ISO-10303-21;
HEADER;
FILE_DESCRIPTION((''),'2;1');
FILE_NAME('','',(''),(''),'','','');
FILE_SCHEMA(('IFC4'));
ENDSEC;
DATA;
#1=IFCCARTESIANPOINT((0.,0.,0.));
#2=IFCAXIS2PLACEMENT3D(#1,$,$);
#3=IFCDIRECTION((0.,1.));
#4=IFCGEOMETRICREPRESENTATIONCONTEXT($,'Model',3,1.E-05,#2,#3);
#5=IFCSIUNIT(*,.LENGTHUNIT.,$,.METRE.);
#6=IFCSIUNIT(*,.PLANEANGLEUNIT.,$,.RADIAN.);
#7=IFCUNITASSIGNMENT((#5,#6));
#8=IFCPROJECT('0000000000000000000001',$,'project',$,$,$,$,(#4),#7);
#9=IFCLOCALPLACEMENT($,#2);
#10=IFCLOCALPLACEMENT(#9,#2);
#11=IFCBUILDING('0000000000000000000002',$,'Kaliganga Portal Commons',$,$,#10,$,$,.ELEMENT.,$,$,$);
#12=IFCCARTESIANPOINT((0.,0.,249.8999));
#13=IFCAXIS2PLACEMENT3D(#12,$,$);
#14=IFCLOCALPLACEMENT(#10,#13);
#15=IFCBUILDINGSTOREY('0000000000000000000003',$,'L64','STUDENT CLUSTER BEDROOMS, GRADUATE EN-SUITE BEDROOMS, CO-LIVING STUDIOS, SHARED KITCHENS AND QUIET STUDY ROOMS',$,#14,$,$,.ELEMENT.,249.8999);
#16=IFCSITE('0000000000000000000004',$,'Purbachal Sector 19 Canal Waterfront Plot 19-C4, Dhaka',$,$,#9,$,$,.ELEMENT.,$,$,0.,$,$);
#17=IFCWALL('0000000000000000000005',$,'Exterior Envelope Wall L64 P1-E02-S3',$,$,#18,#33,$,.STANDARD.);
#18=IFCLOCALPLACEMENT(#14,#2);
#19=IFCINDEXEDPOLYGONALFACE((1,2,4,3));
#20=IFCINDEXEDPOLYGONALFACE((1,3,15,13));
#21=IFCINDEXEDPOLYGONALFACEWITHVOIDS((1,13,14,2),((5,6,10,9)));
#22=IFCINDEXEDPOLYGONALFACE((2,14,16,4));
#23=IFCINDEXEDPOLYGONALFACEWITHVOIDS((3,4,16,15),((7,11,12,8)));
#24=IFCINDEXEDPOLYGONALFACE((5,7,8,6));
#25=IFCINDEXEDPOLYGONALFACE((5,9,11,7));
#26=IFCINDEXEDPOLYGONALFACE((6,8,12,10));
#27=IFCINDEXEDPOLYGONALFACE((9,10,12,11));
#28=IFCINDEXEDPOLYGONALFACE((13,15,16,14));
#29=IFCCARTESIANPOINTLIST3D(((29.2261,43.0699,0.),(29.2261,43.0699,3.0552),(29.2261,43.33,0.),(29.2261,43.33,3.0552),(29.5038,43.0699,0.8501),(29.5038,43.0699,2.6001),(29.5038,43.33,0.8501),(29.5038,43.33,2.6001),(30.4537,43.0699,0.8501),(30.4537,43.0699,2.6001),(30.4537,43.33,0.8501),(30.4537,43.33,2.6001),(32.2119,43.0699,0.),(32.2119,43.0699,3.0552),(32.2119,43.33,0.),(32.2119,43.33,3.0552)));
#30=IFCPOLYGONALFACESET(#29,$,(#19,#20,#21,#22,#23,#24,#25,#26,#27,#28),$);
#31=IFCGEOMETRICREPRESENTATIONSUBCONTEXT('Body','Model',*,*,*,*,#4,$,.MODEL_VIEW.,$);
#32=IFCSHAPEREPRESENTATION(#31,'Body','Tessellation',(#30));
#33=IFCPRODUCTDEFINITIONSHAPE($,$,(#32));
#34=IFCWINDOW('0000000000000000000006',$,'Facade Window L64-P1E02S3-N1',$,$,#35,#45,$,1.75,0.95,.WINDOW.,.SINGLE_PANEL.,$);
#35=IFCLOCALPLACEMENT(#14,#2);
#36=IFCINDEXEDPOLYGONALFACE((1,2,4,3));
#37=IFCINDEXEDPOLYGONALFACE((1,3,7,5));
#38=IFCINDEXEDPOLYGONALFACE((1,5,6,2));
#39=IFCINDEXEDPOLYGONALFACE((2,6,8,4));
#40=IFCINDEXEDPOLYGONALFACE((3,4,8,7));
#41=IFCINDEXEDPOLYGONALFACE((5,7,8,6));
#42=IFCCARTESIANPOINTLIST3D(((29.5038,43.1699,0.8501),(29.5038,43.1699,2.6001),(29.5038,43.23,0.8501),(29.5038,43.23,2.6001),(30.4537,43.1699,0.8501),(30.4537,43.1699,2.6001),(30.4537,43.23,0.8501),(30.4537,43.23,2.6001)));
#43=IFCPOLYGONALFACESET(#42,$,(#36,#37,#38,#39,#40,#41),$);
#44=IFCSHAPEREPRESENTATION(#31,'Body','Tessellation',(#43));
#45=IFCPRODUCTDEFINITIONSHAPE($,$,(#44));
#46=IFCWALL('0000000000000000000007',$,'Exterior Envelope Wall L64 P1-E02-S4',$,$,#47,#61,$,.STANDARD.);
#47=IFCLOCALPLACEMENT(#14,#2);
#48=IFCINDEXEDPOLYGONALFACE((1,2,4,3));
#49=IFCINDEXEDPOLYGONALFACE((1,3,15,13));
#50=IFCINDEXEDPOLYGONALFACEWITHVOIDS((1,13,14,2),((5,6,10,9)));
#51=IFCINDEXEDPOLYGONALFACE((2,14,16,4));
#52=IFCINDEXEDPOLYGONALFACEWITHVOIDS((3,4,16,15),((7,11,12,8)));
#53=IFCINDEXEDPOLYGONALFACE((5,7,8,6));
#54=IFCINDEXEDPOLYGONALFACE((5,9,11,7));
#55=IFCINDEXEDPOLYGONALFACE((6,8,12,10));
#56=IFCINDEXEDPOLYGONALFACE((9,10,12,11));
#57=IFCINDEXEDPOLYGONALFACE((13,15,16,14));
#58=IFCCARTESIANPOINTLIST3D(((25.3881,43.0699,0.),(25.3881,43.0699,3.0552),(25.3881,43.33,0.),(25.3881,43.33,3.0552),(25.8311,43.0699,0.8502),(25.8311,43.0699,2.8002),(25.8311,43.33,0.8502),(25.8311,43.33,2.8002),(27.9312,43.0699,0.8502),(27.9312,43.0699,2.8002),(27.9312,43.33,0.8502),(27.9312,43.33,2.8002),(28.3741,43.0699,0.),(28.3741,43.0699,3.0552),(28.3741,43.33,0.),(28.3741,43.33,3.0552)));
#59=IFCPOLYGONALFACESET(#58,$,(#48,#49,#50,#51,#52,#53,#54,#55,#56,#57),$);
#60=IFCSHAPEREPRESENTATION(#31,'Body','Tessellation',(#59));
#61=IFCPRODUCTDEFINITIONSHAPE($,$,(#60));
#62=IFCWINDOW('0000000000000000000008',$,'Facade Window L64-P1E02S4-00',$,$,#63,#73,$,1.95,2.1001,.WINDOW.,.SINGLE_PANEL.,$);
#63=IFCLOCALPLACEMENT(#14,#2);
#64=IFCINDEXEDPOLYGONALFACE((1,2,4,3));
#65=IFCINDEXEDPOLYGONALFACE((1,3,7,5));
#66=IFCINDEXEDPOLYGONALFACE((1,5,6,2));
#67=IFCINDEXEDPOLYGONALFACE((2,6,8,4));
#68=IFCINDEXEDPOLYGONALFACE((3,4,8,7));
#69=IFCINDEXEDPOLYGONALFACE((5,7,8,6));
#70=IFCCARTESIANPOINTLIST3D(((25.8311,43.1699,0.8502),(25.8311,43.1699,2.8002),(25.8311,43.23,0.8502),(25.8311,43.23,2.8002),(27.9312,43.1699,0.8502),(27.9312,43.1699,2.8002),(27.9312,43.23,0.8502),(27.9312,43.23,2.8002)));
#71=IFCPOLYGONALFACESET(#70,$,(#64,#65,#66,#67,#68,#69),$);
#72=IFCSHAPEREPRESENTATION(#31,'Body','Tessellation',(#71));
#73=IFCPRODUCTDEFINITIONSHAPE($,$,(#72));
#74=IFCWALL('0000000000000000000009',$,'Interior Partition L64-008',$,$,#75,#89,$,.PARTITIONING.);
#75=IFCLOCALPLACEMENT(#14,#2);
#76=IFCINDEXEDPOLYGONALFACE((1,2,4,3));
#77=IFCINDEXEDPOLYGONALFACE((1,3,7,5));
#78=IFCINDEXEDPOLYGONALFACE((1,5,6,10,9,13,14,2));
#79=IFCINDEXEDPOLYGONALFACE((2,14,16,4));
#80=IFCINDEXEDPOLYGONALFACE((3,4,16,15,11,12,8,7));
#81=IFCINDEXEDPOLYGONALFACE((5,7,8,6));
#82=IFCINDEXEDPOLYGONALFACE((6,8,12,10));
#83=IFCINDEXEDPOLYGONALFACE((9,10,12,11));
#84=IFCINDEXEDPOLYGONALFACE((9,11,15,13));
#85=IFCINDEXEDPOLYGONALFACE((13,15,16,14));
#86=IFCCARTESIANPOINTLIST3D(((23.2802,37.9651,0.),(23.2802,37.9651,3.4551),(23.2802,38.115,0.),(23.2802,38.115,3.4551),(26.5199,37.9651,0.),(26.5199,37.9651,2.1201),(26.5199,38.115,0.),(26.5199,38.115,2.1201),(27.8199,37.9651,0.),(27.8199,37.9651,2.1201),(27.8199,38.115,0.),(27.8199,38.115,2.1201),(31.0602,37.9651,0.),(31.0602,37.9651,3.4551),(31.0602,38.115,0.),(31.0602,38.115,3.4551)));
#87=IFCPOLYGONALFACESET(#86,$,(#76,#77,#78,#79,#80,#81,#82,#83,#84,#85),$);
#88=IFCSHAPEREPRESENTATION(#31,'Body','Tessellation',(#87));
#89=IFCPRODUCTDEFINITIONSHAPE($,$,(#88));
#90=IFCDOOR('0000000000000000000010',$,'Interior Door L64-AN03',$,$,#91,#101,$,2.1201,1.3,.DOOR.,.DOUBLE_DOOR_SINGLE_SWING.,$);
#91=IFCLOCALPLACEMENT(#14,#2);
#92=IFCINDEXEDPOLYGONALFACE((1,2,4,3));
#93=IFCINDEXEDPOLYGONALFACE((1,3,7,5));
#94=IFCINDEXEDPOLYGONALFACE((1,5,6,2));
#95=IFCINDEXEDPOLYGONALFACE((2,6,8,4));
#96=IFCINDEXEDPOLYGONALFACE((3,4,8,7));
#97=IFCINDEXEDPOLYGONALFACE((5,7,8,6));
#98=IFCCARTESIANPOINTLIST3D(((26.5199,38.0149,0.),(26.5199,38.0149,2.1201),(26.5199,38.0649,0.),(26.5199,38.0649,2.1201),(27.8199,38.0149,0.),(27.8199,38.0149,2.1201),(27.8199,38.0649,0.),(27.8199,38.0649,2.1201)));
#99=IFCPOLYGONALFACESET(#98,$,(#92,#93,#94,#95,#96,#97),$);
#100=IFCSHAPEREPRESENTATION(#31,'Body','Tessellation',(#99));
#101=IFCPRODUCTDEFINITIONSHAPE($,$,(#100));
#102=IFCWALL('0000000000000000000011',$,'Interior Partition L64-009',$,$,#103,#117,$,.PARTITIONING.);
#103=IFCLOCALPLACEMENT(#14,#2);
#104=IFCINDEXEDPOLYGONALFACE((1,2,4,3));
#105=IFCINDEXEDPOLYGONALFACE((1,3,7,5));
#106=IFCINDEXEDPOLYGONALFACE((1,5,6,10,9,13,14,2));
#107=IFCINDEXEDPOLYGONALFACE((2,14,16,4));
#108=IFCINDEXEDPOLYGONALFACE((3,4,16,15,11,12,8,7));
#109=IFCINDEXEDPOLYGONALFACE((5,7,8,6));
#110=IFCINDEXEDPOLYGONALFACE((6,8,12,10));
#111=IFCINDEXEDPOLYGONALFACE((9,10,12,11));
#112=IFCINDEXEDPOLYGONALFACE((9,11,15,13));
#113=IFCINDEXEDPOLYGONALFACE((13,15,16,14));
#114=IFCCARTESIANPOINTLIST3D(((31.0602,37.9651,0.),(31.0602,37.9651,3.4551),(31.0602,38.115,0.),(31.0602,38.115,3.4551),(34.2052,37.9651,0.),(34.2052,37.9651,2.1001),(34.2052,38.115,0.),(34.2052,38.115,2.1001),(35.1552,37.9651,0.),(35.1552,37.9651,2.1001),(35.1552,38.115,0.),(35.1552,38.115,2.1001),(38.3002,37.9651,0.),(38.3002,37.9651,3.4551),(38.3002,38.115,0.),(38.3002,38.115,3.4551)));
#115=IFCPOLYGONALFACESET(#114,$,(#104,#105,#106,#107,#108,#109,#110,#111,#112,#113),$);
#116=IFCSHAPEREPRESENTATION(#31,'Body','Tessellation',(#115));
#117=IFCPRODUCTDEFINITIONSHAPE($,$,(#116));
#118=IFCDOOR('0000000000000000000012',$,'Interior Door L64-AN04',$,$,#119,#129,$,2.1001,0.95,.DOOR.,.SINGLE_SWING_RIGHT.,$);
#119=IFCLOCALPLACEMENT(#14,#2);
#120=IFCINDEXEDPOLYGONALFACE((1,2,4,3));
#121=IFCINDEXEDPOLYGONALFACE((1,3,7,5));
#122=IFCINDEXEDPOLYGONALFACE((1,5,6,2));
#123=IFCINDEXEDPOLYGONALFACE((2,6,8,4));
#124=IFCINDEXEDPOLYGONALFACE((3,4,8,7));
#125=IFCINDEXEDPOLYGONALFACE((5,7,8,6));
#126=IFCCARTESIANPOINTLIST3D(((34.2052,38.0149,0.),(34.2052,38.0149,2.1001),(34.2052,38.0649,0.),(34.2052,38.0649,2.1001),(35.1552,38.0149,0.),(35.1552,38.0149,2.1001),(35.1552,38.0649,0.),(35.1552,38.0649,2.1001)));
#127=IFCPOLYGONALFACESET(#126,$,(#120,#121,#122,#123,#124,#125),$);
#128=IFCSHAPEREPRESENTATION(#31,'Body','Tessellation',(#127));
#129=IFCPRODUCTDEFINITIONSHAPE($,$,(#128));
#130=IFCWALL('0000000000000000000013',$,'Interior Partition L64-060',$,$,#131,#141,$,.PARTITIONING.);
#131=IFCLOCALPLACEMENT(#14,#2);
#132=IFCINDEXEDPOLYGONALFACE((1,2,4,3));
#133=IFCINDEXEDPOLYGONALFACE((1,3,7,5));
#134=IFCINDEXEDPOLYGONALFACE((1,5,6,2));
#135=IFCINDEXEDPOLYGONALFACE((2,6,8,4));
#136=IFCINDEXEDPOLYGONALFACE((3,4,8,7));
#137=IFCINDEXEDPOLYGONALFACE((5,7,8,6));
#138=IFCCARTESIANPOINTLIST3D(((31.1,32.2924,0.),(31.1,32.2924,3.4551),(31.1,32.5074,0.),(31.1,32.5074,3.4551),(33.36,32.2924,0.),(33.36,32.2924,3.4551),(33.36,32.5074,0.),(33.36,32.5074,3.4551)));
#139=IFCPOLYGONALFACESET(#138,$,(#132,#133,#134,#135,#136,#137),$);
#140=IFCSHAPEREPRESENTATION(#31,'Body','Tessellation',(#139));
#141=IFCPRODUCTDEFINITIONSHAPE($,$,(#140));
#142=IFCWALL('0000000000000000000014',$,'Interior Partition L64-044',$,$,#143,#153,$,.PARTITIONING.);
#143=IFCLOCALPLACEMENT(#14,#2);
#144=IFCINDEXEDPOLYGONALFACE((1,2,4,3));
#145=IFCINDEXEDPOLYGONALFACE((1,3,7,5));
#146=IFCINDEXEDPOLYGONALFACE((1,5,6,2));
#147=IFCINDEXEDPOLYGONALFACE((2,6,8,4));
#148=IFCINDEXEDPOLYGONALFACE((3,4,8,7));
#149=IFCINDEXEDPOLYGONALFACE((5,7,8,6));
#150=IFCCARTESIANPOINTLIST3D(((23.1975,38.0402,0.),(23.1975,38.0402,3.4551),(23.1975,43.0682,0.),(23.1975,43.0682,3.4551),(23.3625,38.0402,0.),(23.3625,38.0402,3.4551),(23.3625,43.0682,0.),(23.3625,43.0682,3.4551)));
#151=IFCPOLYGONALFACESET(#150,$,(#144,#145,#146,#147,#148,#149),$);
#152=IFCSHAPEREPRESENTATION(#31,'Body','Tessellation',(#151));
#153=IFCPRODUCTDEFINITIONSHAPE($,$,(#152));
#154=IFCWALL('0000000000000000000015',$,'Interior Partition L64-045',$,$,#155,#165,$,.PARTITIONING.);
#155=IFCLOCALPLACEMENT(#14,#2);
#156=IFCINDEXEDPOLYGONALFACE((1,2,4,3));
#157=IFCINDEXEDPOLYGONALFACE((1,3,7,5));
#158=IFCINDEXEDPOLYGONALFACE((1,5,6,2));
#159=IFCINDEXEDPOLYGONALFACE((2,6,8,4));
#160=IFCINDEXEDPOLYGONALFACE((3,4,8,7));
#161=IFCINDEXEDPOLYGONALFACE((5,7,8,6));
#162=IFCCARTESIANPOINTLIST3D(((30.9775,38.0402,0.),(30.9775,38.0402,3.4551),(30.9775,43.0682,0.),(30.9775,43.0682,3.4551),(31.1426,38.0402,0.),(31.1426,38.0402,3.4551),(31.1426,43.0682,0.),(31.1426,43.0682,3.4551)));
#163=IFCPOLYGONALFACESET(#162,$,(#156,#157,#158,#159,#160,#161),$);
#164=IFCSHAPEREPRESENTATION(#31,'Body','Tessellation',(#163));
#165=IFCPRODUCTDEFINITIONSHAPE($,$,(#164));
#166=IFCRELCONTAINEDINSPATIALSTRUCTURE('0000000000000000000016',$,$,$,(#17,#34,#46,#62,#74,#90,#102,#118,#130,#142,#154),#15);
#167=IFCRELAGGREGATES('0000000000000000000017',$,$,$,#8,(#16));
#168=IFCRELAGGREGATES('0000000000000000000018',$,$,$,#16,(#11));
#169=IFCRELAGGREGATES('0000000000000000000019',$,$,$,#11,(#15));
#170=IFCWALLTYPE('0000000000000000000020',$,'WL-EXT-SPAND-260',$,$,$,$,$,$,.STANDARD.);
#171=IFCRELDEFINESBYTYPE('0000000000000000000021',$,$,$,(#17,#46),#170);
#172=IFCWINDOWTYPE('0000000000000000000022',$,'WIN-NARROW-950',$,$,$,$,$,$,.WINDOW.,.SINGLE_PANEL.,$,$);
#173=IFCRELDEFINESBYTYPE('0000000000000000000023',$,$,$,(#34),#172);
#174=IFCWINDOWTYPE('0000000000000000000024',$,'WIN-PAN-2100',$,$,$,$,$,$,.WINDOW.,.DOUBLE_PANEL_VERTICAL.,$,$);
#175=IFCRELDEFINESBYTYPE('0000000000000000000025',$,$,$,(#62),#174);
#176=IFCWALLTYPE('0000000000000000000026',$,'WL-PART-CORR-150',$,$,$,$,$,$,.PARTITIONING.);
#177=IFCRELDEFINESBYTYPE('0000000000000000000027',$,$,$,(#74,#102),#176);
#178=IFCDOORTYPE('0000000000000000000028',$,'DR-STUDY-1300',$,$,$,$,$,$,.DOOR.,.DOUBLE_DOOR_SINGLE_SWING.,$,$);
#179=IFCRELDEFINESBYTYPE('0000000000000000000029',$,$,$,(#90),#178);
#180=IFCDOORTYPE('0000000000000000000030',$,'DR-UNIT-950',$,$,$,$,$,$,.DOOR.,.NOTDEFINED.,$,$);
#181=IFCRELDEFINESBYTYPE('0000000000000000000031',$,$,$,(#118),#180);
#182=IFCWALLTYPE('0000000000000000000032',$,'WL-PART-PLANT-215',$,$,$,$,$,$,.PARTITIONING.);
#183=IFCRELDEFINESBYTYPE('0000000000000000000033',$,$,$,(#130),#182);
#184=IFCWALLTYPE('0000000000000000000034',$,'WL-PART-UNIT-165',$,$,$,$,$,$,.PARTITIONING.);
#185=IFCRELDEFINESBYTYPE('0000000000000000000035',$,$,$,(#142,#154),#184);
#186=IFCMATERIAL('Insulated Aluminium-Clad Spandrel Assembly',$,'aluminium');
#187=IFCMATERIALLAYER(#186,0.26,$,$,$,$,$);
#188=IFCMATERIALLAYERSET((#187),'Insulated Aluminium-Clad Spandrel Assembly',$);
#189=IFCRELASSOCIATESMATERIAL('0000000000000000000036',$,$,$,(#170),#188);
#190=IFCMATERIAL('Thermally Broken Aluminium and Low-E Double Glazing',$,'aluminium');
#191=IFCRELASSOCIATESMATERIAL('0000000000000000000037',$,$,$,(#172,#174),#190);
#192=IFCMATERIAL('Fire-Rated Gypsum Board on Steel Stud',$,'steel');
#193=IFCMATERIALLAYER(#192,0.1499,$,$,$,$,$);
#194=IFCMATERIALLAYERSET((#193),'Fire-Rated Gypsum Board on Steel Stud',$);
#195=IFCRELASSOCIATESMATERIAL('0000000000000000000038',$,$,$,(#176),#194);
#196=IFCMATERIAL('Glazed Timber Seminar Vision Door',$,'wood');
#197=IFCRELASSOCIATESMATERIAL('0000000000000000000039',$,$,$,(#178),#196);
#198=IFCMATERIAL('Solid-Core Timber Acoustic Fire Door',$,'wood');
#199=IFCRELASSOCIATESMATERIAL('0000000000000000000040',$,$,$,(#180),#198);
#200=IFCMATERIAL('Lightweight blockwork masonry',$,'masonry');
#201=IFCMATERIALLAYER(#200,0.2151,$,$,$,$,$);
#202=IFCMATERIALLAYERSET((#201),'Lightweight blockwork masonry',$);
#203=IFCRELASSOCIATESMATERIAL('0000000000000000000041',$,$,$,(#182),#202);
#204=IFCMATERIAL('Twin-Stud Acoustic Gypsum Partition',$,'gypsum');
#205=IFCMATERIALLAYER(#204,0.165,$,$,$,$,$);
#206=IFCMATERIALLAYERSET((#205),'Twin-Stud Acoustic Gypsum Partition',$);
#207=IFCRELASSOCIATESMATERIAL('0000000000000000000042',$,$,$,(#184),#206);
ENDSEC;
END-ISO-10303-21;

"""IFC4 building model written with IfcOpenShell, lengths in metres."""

from ifc_helpers import new_model, si_unit, direction, frame, frame_2d, origin, place, context, subcontext, project, spatial, rectangle, extrude, material, layer, layer_set, type_object, element, fill, save


model = new_model("IFC4")

# Units and contexts
model_context = context("Model", 3, precision=1e-05, world=origin(), true_north=direction((0.0, 1.0)))
body_context = subcontext(model_context, "Body", "Model", "MODEL_VIEW")
ifc_project = project(units=[si_unit("LENGTHUNIT", "METRE"), si_unit("PLANEANGLEUNIT", "RADIAN")], contexts=[model_context])

# Site, building, storey
site_placement = place(None, origin())
site = spatial("IfcSite", under=ifc_project, at=site_placement, Name="Purbachal Sector 19 Canal Waterfront Plot 19-C4, Dhaka", CompositionType="ELEMENT", RefElevation=0.0)
building_placement = place(site_placement, origin())
building = spatial("IfcBuilding", under=site, at=building_placement, Name="Kaliganga Portal Commons", CompositionType="ELEMENT")
storey_placement = place(building_placement, frame((0.0, 0.0, 249.8999)))
storey = spatial("IfcBuildingStorey", under=building, at=storey_placement, Name="L64", Description="STUDENT CLUSTER BEDROOMS, GRADUATE EN-SUITE BEDROOMS, CO-LIVING STUDIOS, SHARED KITCHENS AND QUIET STUDY ROOMS", CompositionType="ELEMENT", Elevation=249.8999)

# Walls, openings, windows
ifc_material_1 = material(Name="Insulated Aluminium-Clad Spandrel Assembly", Category="aluminium")
ifc_layer_1 = layer(ifc_material_1, 0.26)
ifc_layer_set_1 = layer_set([ifc_layer_1], Name="Insulated Aluminium-Clad Spandrel Assembly")
wall_type_1 = type_object("IfcWallType", Name="WL-EXT-SPAND-260", PredefinedType="STANDARD", material=ifc_layer_set_1)
wall_1_placement = place(storey_placement, frame((29.2261, 43.2, 0.0), z_axis=(0.0, 0.0, 1.0), x_axis=(1.0, 0.0, 0.0)))
wall_1 = element("IfcWall", 1, at=wall_1_placement, inside=storey, type_object=wall_type_1, Name="Exterior Envelope Wall L64 P1-E02-S3", PredefinedType="STANDARD", context=body_context, shape_type="SweptSolid", body=[
    extrude(rectangle(XDim=2.9858, YDim=0.26, at=frame_2d((1.4929, 0.0))), origin(), (0.0, 0.0, 1.0), 3.0552),
])
opening_1_placement = place(wall_1_placement, frame((0.2776, 0.0, 0.8501)))
opening_1 = element("IfcOpeningElement", 2, at=opening_1_placement, cuts=wall_1, PredefinedType="OPENING", context=body_context, shape_type="SweptSolid", body=[
    extrude(rectangle(XDim=0.95, YDim=1.75, at=frame_2d((0.4751, 0.875))), frame((0.0, 0.1401, 0.0), z_axis=(0.0, -1.0, 0.0), x_axis=(1.0, 0.0, 0.0)), (0.0, 0.0, 1.0), 0.28),
])
ifc_material_2 = material(Name="Thermally Broken Aluminium and Low-E Double Glazing", Category="aluminium")
window_type_1 = type_object("IfcWindowType", Name="WIN-NARROW-950", PartitioningType="SINGLE_PANEL", PredefinedType="WINDOW", material=ifc_material_2)
window_1_placement = place(opening_1_placement, origin())
window_1 = element("IfcWindow", 3, at=window_1_placement, inside=storey, type_object=window_type_1, Name="Facade Window L64-P1E02S3-N1", OverallHeight=1.75, OverallWidth=0.95, PartitioningType="SINGLE_PANEL", PredefinedType="WINDOW", context=body_context, shape_type="SweptSolid", body=[
    extrude(rectangle(XDim=0.95, YDim=1.75, at=frame_2d((0.4751, 0.875))), frame((0.0, 0.03, 0.0), z_axis=(0.0, -1.0, 0.0), x_axis=(1.0, 0.0, 0.0)), (0.0, 0.0, 1.0), 0.0601),
])
fill(opening_1, window_1)
wall_2_placement = place(storey_placement, frame((25.3879, 43.2, 0.0), z_axis=(0.0, 0.0, 1.0), x_axis=(1.0, 0.0, 0.0)))
wall_2 = element("IfcWall", 4, at=wall_2_placement, inside=storey, type_object=wall_type_1, Name="Exterior Envelope Wall L64 P1-E02-S4", PredefinedType="STANDARD", context=body_context, shape_type="SweptSolid", body=[
    extrude(rectangle(XDim=2.9861, YDim=0.26, at=frame_2d((1.4932, 0.0))), origin(), (0.0, 0.0, 1.0), 3.0552),
])
opening_2_placement = place(wall_2_placement, frame((0.4431, 0.0, 0.8501)))
opening_2 = element("IfcOpeningElement", 5, at=opening_2_placement, cuts=wall_2, PredefinedType="OPENING", context=body_context, shape_type="SweptSolid", body=[
    extrude(rectangle(XDim=2.1001, YDim=1.95, at=frame_2d((1.05, 0.9751))), frame((0.0, 0.1401, 0.0), z_axis=(0.0, -1.0, 0.0), x_axis=(1.0, 0.0, 0.0)), (0.0, 0.0, 1.0), 0.28),
])
window_type_2 = type_object("IfcWindowType", Name="WIN-PAN-2100", PartitioningType="DOUBLE_PANEL_VERTICAL", PredefinedType="WINDOW", material=ifc_material_2)
window_2_placement = place(opening_2_placement, origin())
window_2 = element("IfcWindow", 6, at=window_2_placement, inside=storey, type_object=window_type_2, Name="Facade Window L64-P1E02S4-00", OverallHeight=1.95, OverallWidth=2.1001, PartitioningType="SINGLE_PANEL", PredefinedType="WINDOW", context=body_context, shape_type="SweptSolid", body=[
    extrude(rectangle(XDim=2.1001, YDim=1.95, at=frame_2d((1.05, 0.9751))), frame((0.0, 0.03, 0.0), z_axis=(0.0, -1.0, 0.0), x_axis=(1.0, 0.0, 0.0)), (0.0, 0.0, 1.0), 0.0601),
])
fill(opening_2, window_2)

# Walls, openings, doors
ifc_material_3 = material(Name="Fire-Rated Gypsum Board on Steel Stud", Category="steel")
ifc_layer_2 = layer(ifc_material_3, 0.1499)
ifc_layer_set_2 = layer_set([ifc_layer_2], Name="Fire-Rated Gypsum Board on Steel Stud")
wall_type_2 = type_object("IfcWallType", Name="WL-PART-CORR-150", PredefinedType="PARTITIONING", material=ifc_layer_set_2)
wall_3_placement = place(storey_placement, frame((23.28, 38.04, 0.0), z_axis=(0.0, 0.0, 1.0), x_axis=(1.0, 0.0, 0.0)))
wall_3 = element("IfcWall", 7, at=wall_3_placement, inside=storey, type_object=wall_type_2, Name="Interior Partition L64-008", PredefinedType="PARTITIONING", context=body_context, shape_type="SweptSolid", body=[
    extrude(rectangle(XDim=7.78, YDim=0.1499, at=frame_2d((3.8901, 0.0))), origin(), (0.0, 0.0, 1.0), 3.4551),
])
opening_3_placement = place(wall_3_placement, frame((3.24, 0.0, 0.0)))
opening_3 = element("IfcOpeningElement", 8, at=opening_3_placement, cuts=wall_3, PredefinedType="OPENING", context=body_context, shape_type="SweptSolid", body=[
    extrude(rectangle(XDim=1.3, YDim=2.1201, at=frame_2d((0.6499, 1.0601))), frame((0.0, 0.085, 0.0), z_axis=(0.0, -1.0, 0.0), x_axis=(1.0, 0.0, 0.0)), (0.0, 0.0, 1.0), 0.1699),
])
ifc_material_4 = material(Name="Glazed Timber Seminar Vision Door", Category="wood")
door_type_1 = type_object("IfcDoorType", Name="DR-STUDY-1300", OperationType="DOUBLE_DOOR_SINGLE_SWING", PredefinedType="DOOR", material=ifc_material_4)
door_1_placement = place(opening_3_placement, origin())
door_1 = element("IfcDoor", 9, at=door_1_placement, inside=storey, type_object=door_type_1, Name="Interior Door L64-AN03", OperationType="DOUBLE_DOOR_SINGLE_SWING", OverallHeight=2.1201, OverallWidth=1.3, PredefinedType="DOOR", context=body_context, shape_type="SweptSolid", body=[
    extrude(rectangle(XDim=1.3, YDim=2.1201, at=frame_2d((0.6499, 1.0601))), frame((0.0, 0.0249, 0.0), z_axis=(0.0, -1.0, 0.0), x_axis=(1.0, 0.0, 0.0)), (0.0, 0.0, 1.0), 0.05),
])
fill(opening_3, door_1)
wall_4_placement = place(storey_placement, frame((31.0601, 38.04, 0.0), z_axis=(0.0, 0.0, 1.0), x_axis=(1.0, 0.0, 0.0)))
wall_4 = element("IfcWall", 10, at=wall_4_placement, inside=storey, type_object=wall_type_2, Name="Interior Partition L64-009", PredefinedType="PARTITIONING", context=body_context, shape_type="SweptSolid", body=[
    extrude(rectangle(XDim=7.24, YDim=0.1499, at=frame_2d((3.6201, 0.0))), origin(), (0.0, 0.0, 1.0), 3.4551),
])
opening_4_placement = place(wall_4_placement, frame((3.145, 0.0, 0.0)))
opening_4 = element("IfcOpeningElement", 11, at=opening_4_placement, cuts=wall_4, PredefinedType="OPENING", context=body_context, shape_type="SweptSolid", body=[
    extrude(rectangle(XDim=0.95, YDim=2.1001, at=frame_2d((0.4751, 1.05))), frame((0.0, 0.085, 0.0), z_axis=(0.0, -1.0, 0.0), x_axis=(1.0, 0.0, 0.0)), (0.0, 0.0, 1.0), 0.1699),
])
ifc_material_5 = material(Name="Solid-Core Timber Acoustic Fire Door", Category="wood")
door_type_2 = type_object("IfcDoorType", Name="DR-UNIT-950", OperationType="NOTDEFINED", PredefinedType="DOOR", material=ifc_material_5)
door_2_placement = place(opening_4_placement, origin())
door_2 = element("IfcDoor", 12, at=door_2_placement, inside=storey, type_object=door_type_2, Name="Interior Door L64-AN04", OperationType="SINGLE_SWING_RIGHT", OverallHeight=2.1001, OverallWidth=0.95, PredefinedType="DOOR", context=body_context, shape_type="SweptSolid", body=[
    extrude(rectangle(XDim=0.95, YDim=2.1001, at=frame_2d((0.4751, 1.05))), frame((0.0, 0.0249, 0.0), z_axis=(0.0, -1.0, 0.0), x_axis=(1.0, 0.0, 0.0)), (0.0, 0.0, 1.0), 0.05),
])
fill(opening_4, door_2)

# Walls
ifc_material_6 = material(Name="Lightweight blockwork masonry", Category="masonry")
ifc_layer_3 = layer(ifc_material_6, 0.2151)
ifc_layer_set_3 = layer_set([ifc_layer_3], Name="Lightweight blockwork masonry")
wall_type_3 = type_object("IfcWallType", Name="WL-PART-PLANT-215", PredefinedType="PARTITIONING", material=ifc_layer_set_3)
wall_5_placement = place(storey_placement, frame((31.1001, 32.3999, 0.0), z_axis=(0.0, 0.0, 1.0), x_axis=(1.0, 0.0, 0.0)))
element("IfcWall", 13, at=wall_5_placement, inside=storey, type_object=wall_type_3, Name="Interior Partition L64-060", PredefinedType="PARTITIONING", context=body_context, shape_type="SweptSolid", body=[
    extrude(rectangle(XDim=2.26, YDim=0.2151, at=frame_2d((1.1299, 0.0))), origin(), (0.0, 0.0, 1.0), 3.4551),
])
ifc_material_7 = material(Name="Twin-Stud Acoustic Gypsum Partition", Category="gypsum")
ifc_layer_4 = layer(ifc_material_7, 0.165)
ifc_layer_set_4 = layer_set([ifc_layer_4], Name="Twin-Stud Acoustic Gypsum Partition")
wall_type_4 = type_object("IfcWallType", Name="WL-PART-UNIT-165", PredefinedType="PARTITIONING", material=ifc_layer_set_4)
for number, where, z_axis, x_axis, name in (
    (14, (23.28, 38.04, 0.0), (0.0, 0.0, 1.0), (0.0, 1.0, 0.0), "Interior Partition L64-044"),
    (15, (31.0601, 38.04, 0.0), (0.0, 0.0, 1.0), (0.0, 1.0, 0.0), "Interior Partition L64-045"),
):
    element("IfcWall", number, at=place(storey_placement, frame(where, z_axis=z_axis, x_axis=x_axis)), inside=storey, type_object=wall_type_4, Name=name, PredefinedType="PARTITIONING", context=body_context, shape_type="SweptSolid", body=[
        extrude(rectangle(XDim=5.0281, YDim=0.165, at=frame_2d((2.5142, 0.0))), origin(), (0.0, 0.0, 1.0), 3.4551),
    ])

save(model, "model.ifc")
